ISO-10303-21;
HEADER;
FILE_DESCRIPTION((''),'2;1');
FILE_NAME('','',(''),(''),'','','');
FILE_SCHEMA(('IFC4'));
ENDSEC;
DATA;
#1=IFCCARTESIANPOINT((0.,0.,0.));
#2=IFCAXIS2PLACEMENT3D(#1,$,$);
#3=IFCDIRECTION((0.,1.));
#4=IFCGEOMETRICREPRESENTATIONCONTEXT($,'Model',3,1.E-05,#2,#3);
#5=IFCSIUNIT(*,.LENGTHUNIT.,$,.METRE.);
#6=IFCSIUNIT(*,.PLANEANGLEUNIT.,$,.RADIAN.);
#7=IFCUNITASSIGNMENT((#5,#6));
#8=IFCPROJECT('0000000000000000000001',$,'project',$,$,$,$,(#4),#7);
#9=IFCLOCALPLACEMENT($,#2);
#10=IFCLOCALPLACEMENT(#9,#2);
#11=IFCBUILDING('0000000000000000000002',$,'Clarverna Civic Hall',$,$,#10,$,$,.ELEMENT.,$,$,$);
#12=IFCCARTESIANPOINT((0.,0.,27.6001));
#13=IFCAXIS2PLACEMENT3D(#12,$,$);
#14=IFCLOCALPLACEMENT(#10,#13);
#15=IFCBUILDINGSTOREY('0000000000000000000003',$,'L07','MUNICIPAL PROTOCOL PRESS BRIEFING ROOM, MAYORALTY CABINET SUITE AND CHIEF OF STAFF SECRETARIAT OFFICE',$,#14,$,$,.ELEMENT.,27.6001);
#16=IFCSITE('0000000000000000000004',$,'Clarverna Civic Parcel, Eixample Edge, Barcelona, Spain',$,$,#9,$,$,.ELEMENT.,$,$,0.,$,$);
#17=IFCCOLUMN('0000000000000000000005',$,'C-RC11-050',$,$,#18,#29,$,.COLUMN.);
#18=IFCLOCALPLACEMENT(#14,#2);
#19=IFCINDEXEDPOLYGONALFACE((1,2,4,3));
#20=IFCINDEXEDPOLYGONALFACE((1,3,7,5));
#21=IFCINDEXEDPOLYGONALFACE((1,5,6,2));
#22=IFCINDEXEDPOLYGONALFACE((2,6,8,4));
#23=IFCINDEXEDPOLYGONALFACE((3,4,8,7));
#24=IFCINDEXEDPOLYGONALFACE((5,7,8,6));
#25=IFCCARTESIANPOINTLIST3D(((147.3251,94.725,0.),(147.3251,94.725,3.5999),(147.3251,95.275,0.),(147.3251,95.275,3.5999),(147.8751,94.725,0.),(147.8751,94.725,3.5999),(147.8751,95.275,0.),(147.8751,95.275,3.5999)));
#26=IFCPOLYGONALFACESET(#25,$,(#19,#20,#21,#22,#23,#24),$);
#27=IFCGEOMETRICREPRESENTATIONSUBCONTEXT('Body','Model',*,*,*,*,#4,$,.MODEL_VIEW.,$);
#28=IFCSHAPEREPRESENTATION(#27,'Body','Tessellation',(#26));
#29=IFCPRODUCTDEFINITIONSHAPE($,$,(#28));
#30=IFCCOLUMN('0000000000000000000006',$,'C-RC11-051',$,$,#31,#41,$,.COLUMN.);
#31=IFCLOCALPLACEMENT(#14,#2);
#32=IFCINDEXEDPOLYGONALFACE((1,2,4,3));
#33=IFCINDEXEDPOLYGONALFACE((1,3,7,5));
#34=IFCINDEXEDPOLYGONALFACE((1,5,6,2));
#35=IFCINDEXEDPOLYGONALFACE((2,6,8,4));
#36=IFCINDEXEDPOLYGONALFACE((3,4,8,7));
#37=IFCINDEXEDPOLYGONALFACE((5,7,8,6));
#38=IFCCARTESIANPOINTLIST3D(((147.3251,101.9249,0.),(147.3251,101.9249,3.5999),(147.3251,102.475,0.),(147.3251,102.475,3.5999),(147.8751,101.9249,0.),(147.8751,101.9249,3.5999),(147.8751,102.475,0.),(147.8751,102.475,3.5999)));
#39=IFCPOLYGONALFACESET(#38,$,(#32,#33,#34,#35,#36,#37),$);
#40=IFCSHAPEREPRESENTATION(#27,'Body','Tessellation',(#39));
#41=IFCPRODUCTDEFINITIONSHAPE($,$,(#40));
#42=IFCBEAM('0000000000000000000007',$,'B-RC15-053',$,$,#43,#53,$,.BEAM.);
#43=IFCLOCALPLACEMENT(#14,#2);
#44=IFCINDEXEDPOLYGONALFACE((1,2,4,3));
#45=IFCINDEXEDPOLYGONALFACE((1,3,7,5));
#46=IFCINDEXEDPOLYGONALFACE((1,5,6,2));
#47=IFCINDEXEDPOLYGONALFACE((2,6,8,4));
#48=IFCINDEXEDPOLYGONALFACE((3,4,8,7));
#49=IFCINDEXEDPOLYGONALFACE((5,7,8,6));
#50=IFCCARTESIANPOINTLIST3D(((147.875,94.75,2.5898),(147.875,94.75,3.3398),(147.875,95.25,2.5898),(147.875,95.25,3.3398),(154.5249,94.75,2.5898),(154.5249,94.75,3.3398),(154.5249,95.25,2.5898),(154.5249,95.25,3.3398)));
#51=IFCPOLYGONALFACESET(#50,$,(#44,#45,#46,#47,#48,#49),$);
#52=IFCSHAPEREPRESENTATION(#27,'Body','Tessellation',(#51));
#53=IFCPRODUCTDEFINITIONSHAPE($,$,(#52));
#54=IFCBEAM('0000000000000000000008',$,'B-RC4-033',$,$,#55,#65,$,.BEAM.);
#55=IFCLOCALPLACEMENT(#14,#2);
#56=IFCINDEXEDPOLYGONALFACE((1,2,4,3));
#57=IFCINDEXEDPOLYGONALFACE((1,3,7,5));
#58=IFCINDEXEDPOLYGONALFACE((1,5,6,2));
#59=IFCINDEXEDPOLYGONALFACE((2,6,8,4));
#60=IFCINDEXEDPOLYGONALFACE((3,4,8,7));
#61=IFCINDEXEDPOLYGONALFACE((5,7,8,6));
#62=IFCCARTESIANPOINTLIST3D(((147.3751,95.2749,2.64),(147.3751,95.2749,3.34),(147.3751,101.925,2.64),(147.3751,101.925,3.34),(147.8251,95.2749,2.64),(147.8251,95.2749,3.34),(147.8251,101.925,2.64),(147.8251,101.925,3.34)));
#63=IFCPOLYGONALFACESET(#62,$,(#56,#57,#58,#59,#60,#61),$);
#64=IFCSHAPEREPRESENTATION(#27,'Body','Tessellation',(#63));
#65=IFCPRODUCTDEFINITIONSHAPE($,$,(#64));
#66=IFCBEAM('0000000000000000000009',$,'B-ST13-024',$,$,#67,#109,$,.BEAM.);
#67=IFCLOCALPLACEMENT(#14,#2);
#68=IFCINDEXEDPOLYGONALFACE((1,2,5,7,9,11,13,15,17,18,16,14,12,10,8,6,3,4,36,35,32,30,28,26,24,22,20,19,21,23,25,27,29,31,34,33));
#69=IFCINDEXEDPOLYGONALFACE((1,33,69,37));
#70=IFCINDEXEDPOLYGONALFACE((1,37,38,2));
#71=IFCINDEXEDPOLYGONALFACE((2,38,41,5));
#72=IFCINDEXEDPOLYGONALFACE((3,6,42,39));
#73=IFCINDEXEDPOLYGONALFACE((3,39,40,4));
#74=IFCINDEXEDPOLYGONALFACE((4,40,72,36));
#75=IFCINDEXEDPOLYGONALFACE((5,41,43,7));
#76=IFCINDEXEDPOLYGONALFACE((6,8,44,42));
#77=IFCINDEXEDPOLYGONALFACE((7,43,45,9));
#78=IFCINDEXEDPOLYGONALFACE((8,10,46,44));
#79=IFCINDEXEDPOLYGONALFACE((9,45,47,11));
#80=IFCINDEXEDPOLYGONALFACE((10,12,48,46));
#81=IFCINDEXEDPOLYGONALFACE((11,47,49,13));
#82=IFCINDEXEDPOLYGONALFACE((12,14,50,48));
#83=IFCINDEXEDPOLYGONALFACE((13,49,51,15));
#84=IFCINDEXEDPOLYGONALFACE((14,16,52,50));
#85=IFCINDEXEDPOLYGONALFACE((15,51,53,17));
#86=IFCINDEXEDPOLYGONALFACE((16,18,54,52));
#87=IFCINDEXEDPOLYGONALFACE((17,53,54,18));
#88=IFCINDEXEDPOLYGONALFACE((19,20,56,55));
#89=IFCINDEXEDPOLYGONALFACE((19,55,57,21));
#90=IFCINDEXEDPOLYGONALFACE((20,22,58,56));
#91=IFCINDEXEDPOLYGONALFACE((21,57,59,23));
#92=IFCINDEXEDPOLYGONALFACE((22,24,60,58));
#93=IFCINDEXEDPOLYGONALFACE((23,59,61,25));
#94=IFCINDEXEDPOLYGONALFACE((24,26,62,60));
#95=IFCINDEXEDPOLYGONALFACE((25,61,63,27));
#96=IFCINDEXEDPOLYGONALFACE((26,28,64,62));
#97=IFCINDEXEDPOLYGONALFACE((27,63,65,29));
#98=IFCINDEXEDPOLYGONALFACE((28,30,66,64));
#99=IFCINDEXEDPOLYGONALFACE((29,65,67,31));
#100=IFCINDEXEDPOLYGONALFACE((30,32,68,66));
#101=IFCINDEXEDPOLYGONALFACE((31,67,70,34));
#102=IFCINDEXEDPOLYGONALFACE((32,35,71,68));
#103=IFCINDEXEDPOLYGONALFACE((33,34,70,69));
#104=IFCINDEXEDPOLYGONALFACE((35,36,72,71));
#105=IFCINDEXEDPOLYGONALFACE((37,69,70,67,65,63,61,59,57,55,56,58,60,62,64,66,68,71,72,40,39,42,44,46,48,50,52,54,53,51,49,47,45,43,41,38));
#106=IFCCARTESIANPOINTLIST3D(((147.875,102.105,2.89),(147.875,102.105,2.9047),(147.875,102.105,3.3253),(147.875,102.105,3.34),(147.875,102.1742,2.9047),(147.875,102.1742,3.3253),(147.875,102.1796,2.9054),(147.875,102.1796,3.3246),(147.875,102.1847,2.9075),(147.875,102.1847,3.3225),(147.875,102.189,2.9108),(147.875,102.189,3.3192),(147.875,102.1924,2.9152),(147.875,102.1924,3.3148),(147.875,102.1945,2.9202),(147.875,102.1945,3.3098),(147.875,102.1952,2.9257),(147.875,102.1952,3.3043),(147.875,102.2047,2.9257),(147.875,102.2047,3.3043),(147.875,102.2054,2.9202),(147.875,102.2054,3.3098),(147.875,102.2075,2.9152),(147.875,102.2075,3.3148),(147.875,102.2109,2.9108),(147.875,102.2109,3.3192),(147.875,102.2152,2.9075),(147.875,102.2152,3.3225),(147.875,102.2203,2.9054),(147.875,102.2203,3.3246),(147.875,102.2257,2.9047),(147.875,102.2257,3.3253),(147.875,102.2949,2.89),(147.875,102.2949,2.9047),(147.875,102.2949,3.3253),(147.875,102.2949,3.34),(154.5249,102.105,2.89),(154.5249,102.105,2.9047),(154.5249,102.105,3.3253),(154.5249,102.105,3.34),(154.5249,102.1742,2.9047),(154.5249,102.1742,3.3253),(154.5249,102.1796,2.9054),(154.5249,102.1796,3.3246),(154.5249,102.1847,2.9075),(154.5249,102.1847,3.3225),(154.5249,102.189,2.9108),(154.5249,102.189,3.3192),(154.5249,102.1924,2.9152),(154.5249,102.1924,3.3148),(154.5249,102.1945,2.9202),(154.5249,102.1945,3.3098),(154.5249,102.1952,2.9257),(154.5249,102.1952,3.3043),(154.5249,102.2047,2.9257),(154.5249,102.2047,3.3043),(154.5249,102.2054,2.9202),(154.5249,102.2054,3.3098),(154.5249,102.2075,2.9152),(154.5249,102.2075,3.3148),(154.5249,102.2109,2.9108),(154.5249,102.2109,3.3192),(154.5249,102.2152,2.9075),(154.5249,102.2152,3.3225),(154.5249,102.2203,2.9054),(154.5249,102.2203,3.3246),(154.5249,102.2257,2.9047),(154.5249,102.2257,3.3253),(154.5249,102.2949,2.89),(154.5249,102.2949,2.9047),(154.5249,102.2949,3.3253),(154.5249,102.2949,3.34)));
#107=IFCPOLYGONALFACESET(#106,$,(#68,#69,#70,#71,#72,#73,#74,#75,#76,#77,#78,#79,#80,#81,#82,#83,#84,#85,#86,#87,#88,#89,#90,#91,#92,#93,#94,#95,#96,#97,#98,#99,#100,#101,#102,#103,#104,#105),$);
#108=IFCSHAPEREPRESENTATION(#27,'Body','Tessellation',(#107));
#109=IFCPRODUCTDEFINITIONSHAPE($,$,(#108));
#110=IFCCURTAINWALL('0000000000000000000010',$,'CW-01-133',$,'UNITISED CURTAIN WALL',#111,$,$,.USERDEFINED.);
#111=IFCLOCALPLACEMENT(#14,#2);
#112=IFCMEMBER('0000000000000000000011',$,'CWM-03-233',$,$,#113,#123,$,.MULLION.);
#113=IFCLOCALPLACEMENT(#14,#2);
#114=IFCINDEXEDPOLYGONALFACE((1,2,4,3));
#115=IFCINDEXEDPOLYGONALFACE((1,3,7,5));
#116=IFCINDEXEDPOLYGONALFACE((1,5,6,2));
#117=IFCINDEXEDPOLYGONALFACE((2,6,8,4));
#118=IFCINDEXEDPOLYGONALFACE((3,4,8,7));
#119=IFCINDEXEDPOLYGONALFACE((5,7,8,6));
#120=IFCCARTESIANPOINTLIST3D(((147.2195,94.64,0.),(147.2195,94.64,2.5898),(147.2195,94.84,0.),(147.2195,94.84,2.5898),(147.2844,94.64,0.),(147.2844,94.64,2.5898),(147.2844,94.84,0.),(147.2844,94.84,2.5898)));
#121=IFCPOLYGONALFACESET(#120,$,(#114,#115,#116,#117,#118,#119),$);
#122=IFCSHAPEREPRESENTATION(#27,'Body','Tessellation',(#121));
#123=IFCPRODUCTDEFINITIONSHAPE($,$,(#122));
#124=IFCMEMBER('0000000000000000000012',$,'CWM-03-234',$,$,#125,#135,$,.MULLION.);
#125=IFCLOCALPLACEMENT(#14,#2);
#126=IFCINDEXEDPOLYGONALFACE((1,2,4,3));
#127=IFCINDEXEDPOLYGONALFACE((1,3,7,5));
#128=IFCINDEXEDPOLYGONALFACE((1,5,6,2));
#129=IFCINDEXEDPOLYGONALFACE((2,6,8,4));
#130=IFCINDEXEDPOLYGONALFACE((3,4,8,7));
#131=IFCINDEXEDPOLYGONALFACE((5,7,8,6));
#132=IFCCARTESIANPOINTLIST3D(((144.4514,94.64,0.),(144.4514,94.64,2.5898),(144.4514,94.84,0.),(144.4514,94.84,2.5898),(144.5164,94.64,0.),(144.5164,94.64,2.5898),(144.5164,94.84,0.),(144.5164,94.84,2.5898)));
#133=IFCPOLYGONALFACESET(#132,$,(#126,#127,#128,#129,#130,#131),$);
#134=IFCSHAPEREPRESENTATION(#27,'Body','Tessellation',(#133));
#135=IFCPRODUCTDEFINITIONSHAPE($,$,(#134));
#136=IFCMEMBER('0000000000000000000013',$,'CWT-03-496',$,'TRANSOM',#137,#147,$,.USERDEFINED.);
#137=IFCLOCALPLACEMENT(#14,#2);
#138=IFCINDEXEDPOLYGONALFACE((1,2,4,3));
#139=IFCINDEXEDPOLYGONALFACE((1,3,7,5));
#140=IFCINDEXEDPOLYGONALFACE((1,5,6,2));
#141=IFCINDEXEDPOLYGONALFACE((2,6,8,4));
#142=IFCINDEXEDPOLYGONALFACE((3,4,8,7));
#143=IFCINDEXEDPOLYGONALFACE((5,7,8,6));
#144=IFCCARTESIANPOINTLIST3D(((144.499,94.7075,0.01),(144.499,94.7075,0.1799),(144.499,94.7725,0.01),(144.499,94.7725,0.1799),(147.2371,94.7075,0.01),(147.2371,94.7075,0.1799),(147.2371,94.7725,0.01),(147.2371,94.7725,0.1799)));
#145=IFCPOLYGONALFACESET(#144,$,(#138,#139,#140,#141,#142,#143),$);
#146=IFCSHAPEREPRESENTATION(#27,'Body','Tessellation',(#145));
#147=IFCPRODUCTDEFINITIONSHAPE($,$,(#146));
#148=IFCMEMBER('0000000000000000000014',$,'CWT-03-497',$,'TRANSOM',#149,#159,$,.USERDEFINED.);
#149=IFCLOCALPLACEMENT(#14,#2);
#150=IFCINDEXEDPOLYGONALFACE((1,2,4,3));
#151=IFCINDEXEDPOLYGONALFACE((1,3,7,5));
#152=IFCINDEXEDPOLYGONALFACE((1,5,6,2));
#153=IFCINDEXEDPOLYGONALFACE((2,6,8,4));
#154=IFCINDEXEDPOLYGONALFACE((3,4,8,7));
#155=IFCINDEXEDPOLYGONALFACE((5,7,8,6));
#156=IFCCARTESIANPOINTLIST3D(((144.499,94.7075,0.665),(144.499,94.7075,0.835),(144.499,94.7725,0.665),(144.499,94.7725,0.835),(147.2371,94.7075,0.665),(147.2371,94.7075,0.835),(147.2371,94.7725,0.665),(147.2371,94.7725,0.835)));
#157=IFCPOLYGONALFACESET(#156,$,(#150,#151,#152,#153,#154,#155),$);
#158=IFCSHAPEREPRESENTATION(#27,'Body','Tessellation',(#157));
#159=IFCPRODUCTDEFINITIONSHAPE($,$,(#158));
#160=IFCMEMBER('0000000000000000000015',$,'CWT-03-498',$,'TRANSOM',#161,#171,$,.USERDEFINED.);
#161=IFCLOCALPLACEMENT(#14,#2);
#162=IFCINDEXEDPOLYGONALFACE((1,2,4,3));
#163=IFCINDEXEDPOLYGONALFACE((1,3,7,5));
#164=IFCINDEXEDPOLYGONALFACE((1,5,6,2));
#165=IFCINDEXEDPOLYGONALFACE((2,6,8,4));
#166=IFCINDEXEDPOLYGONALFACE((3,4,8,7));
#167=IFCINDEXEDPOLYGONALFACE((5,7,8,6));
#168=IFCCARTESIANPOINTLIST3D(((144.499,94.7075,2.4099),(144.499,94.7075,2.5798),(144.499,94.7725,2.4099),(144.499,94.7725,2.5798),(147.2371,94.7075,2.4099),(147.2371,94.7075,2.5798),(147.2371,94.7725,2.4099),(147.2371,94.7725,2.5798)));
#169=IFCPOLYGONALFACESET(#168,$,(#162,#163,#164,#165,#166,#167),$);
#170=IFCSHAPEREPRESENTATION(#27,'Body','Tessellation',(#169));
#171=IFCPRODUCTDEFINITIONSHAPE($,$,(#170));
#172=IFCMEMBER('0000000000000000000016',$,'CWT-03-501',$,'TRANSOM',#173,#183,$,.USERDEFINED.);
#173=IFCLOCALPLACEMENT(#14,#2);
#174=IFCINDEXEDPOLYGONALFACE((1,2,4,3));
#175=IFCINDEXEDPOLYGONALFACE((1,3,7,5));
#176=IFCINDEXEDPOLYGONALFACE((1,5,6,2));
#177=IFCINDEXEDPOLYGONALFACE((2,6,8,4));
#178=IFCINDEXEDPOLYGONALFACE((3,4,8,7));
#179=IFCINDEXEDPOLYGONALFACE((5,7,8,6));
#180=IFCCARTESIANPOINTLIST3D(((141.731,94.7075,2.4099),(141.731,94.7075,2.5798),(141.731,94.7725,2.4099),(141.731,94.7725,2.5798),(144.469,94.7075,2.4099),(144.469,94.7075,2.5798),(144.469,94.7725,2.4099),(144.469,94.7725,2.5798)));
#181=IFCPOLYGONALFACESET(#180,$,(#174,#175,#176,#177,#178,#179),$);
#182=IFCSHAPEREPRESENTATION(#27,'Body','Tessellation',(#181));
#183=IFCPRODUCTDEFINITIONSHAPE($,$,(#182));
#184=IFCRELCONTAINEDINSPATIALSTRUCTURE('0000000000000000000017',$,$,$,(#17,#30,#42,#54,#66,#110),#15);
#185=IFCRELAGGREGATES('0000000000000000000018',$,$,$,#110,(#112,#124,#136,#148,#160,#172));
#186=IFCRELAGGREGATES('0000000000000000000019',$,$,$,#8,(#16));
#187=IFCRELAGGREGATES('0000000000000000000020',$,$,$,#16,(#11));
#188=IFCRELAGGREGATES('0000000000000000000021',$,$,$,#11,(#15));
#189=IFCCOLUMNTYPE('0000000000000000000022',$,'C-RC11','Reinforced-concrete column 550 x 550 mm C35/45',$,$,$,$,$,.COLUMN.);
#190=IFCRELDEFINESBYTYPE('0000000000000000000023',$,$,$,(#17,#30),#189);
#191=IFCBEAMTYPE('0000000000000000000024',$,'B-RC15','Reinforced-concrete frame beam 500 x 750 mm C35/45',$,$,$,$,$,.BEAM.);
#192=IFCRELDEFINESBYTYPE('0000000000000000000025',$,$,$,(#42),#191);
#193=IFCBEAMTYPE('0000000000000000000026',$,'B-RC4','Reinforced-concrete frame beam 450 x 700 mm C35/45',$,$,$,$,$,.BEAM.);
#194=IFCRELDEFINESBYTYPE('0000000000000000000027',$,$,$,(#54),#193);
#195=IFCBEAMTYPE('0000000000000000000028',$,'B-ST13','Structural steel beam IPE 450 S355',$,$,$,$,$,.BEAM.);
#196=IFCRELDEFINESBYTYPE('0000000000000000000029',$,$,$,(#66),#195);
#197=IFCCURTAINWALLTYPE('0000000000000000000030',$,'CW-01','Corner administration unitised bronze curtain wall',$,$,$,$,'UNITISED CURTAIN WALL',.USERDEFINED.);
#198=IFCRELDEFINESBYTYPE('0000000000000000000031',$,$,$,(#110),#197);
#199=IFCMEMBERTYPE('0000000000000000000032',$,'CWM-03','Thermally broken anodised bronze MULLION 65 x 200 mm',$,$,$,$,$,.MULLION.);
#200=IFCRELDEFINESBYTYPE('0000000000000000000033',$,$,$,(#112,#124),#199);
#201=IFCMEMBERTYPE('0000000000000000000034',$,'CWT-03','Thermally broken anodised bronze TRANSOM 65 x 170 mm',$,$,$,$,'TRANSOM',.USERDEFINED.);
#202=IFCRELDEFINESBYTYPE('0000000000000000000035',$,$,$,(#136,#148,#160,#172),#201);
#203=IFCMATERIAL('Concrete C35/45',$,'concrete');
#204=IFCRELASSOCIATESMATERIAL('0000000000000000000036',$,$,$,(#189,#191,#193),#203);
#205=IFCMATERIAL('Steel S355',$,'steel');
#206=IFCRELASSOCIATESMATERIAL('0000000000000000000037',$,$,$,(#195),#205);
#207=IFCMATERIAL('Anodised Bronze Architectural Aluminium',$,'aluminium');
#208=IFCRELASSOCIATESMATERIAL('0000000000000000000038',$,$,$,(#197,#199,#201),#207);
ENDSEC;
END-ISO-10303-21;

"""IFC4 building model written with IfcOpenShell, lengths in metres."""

from ifc_helpers import new_model, si_unit, direction, frame, origin, origin_2d, place, context, subcontext, project, spatial, rectangle, i_section, extrude, material, material_profile, profile_set, type_object, element, aggregate, save


model = new_model("IFC4")

# Units and contexts
model_context = context("Model", 3, precision=1e-05, world=origin(), true_north=direction((0.0, 1.0)))
body_context = subcontext(model_context, "Body", "Model", "MODEL_VIEW")
ifc_project = project(units=[si_unit("LENGTHUNIT", "METRE"), si_unit("PLANEANGLEUNIT", "RADIAN")], contexts=[model_context])

# Site, building, storey
site_placement = place(None, origin())
site = spatial("IfcSite", under=ifc_project, at=site_placement, Name="Clarverna Civic Parcel, Eixample Edge, Barcelona, Spain", CompositionType="ELEMENT", RefElevation=0.0)
building_placement = place(site_placement, origin())
building = spatial("IfcBuilding", under=site, at=building_placement, Name="Clarverna Civic Hall", CompositionType="ELEMENT")
storey_placement = place(building_placement, frame((0.0, 0.0, 27.6001)))
storey = spatial("IfcBuildingStorey", under=building, at=storey_placement, Name="L07", Description="MUNICIPAL PROTOCOL PRESS BRIEFING ROOM, MAYORALTY CABINET SUITE AND CHIEF OF STAFF SECRETARIAT OFFICE", CompositionType="ELEMENT", Elevation=27.6001)

# Columns
ifc_material_1 = material(Name="Concrete C35/45", Category="concrete")
ifc_material_profile_1 = material_profile(ifc_material_1, rectangle(XDim=0.55, YDim=0.55, at=origin_2d()), Name="RC 550x550")
ifc_profile_set_1 = profile_set([ifc_material_profile_1], Name="Concrete C35/45")
column_type = type_object("IfcColumnType", Name="C-RC11", Description="Reinforced-concrete column 550 x 550 mm C35/45", PredefinedType="COLUMN", material=ifc_profile_set_1)
for number, where, z_axis, x_axis, name in (
    (1, (147.6001, 95.0, 0.0), (0.0, 0.0, 1.0), (1.0, 0.0, 0.0), "C-RC11-050"),
    (2, (147.6001, 102.2, 0.0), (0.0, 0.0, 1.0), (1.0, 0.0, 0.0), "C-RC11-051"),
):
    element("IfcColumn", number, at=place(storey_placement, frame(where, z_axis=z_axis, x_axis=x_axis)), inside=storey, type_object=column_type, Name=name, PredefinedType="COLUMN", context=body_context, shape_type="SweptSolid", body=[
        extrude(rectangle(XDim=0.55, YDim=0.55, at=origin_2d()), origin(), (0.0, 0.0, 1.0), 3.5999),
    ])

# Beams
ifc_material_profile_2 = material_profile(ifc_material_1, rectangle(XDim=0.5, YDim=0.75, at=origin_2d()), Name="RC 500x750")
ifc_profile_set_2 = profile_set([ifc_material_profile_2], Name="Concrete C35/45")
beam_type_1 = type_object("IfcBeamType", Name="B-RC15", Description="Reinforced-concrete frame beam 500 x 750 mm C35/45", PredefinedType="BEAM", material=ifc_profile_set_2)
beam_1_placement = place(storey_placement, frame((147.875, 95.0, 2.9648), z_axis=(1.0, 0.0, 0.0), x_axis=(0.0, 1.0, 0.0)))
element("IfcBeam", 3, at=beam_1_placement, inside=storey, type_object=beam_type_1, Name="B-RC15-053", PredefinedType="BEAM", context=body_context, shape_type="SweptSolid", body=[
    extrude(rectangle(XDim=0.5, YDim=0.75, at=origin_2d()), origin(), (0.0, 0.0, 1.0), 6.6499),
])
ifc_material_profile_3 = material_profile(ifc_material_1, rectangle(XDim=0.45, YDim=0.7, at=origin_2d()), Name="RC 450x700")
ifc_profile_set_3 = profile_set([ifc_material_profile_3], Name="Concrete C35/45")
beam_type_2 = type_object("IfcBeamType", Name="B-RC4", Description="Reinforced-concrete frame beam 450 x 700 mm C35/45", PredefinedType="BEAM", material=ifc_profile_set_3)
beam_2_placement = place(storey_placement, frame((147.6001, 95.2749, 2.99), z_axis=(0.0, 1.0, 0.0), x_axis=(-1.0, 0.0, 0.0)))
element("IfcBeam", 4, at=beam_2_placement, inside=storey, type_object=beam_type_2, Name="B-RC4-033", PredefinedType="BEAM", context=body_context, shape_type="SweptSolid", body=[
    extrude(rectangle(XDim=0.45, YDim=0.7, at=origin_2d()), origin(), (0.0, 0.0, 1.0), 6.6501),
])
ifc_material_2 = material(Name="Steel S355", Category="steel")
ifc_material_profile_4 = material_profile(ifc_material_2, i_section(OverallWidth=0.1899, OverallDepth=0.45, WebThickness=0.0095, FlangeThickness=0.0146, FilletRadius=0.021, at=origin_2d()), Name="IPE 450")
ifc_profile_set_4 = profile_set([ifc_material_profile_4], Name="Steel S355")
beam_type_3 = type_object("IfcBeamType", Name="B-ST13", Description="Structural steel beam IPE 450 S355", PredefinedType="BEAM", material=ifc_profile_set_4)
beam_3_placement = place(storey_placement, frame((147.875, 102.2, 3.115), z_axis=(1.0, 0.0, 0.0), x_axis=(0.0, 1.0, 0.0)))
element("IfcBeam", 5, at=beam_3_placement, inside=storey, type_object=beam_type_3, Name="B-ST13-024", PredefinedType="BEAM", context=body_context, shape_type="SweptSolid", body=[
    extrude(i_section(OverallWidth=0.1899, OverallDepth=0.45, WebThickness=0.0095, FlangeThickness=0.0146, FilletRadius=0.021, at=origin_2d()), origin(), (0.0, 0.0, 1.0), 6.6499),
])

# Curtain wall, members
ifc_material_3 = material(Name="Anodised Bronze Architectural Aluminium", Category="aluminium")
curtain_wall_type = type_object("IfcCurtainWallType", Name="CW-01", Description="Corner administration unitised bronze curtain wall", ElementType="UNITISED CURTAIN WALL", PredefinedType="USERDEFINED", material=ifc_material_3)
curtain_wall_placement = place(storey_placement, origin())
curtain_wall = element("IfcCurtainWall", 6, at=curtain_wall_placement, inside=storey, type_object=curtain_wall_type, Name="CW-01-133", ObjectType="UNITISED CURTAIN WALL", PredefinedType="USERDEFINED")
ifc_material_profile_5 = material_profile(ifc_material_3, rectangle(XDim=0.0649, YDim=0.2, at=origin_2d()), Name="BRONZE 65x200")
ifc_profile_set_5 = profile_set([ifc_material_profile_5], Name="Anodised Bronze Architectural Aluminium")
member_type_1 = type_object("IfcMemberType", Name="CWM-03", Description="Thermally broken anodised bronze MULLION 65 x 200 mm", PredefinedType="MULLION", material=ifc_profile_set_5)
member_1_placement = place(storey_placement, frame((147.252, 94.74, 0.0), z_axis=(0.0, 0.0, 1.0), x_axis=(1.0, 0.0, 0.0)))
member_1 = element("IfcMember", 7, at=member_1_placement, type_object=member_type_1, Name="CWM-03-233", PredefinedType="MULLION", context=body_context, shape_type="SweptSolid", body=[
    extrude(rectangle(XDim=0.0649, YDim=0.2, at=origin_2d()), origin(), (0.0, 0.0, 1.0), 2.5898),
])
member_2_placement = place(storey_placement, frame((144.4839, 94.74, 0.0), z_axis=(0.0, 0.0, 1.0), x_axis=(1.0, 0.0, 0.0)))
member_2 = element("IfcMember", 8, at=member_2_placement, type_object=member_type_1, Name="CWM-03-234", PredefinedType="MULLION", context=body_context, shape_type="SweptSolid", body=[
    extrude(rectangle(XDim=0.0649, YDim=0.2, at=origin_2d()), origin(), (0.0, 0.0, 1.0), 2.5898),
])
ifc_material_profile_6 = material_profile(ifc_material_3, rectangle(XDim=0.0649, YDim=0.1699, at=origin_2d()), Name="BRONZE 65x170")
ifc_profile_set_6 = profile_set([ifc_material_profile_6], Name="Anodised Bronze Architectural Aluminium")
member_type_2 = type_object("IfcMemberType", Name="CWT-03", Description="Thermally broken anodised bronze TRANSOM 65 x 170 mm", ElementType="TRANSOM", PredefinedType="USERDEFINED", material=ifc_profile_set_6)
member_3_placement = place(storey_placement, frame((147.2371, 94.74, 0.095), z_axis=(-1.0, 0.0, 0.0), x_axis=(0.0, -1.0, 0.0)))
member_3 = element("IfcMember", 9, at=member_3_placement, type_object=member_type_2, Name="CWT-03-496", ObjectType="TRANSOM", PredefinedType="USERDEFINED", context=body_context, shape_type="SweptSolid", body=[
    extrude(rectangle(XDim=0.0649, YDim=0.1699, at=origin_2d()), origin(), (0.0, 0.0, 1.0), 2.738),
])
member_4_placement = place(storey_placement, frame((147.2371, 94.74, 0.75), z_axis=(-1.0, 0.0, 0.0), x_axis=(0.0, -1.0, 0.0)))
member_4 = element("IfcMember", 10, at=member_4_placement, type_object=member_type_2, Name="CWT-03-497", ObjectType="TRANSOM", PredefinedType="USERDEFINED", context=body_context, shape_type="SweptSolid", body=[
    extrude(rectangle(XDim=0.0649, YDim=0.1699, at=origin_2d()), origin(), (0.0, 0.0, 1.0), 2.738),
])
member_5_placement = place(storey_placement, frame((147.2371, 94.74, 2.4949), z_axis=(-1.0, 0.0, 0.0), x_axis=(0.0, -1.0, 0.0)))
member_5 = element("IfcMember", 11, at=member_5_placement, type_object=member_type_2, Name="CWT-03-498", ObjectType="TRANSOM", PredefinedType="USERDEFINED", context=body_context, shape_type="SweptSolid", body=[
    extrude(rectangle(XDim=0.0649, YDim=0.1699, at=origin_2d()), origin(), (0.0, 0.0, 1.0), 2.738),
])
member_6_placement = place(storey_placement, frame((144.469, 94.74, 2.4949), z_axis=(-1.0, 0.0, 0.0), x_axis=(0.0, -1.0, 0.0)))
member_6 = element("IfcMember", 12, at=member_6_placement, type_object=member_type_2, Name="CWT-03-501", ObjectType="TRANSOM", PredefinedType="USERDEFINED", context=body_context, shape_type="SweptSolid", body=[
    extrude(rectangle(XDim=0.0649, YDim=0.1699, at=origin_2d()), origin(), (0.0, 0.0, 1.0), 2.738),
])
aggregate(curtain_wall, [member_1, member_2, member_3, member_4, member_5, member_6])

save(model, "model.ifc")
